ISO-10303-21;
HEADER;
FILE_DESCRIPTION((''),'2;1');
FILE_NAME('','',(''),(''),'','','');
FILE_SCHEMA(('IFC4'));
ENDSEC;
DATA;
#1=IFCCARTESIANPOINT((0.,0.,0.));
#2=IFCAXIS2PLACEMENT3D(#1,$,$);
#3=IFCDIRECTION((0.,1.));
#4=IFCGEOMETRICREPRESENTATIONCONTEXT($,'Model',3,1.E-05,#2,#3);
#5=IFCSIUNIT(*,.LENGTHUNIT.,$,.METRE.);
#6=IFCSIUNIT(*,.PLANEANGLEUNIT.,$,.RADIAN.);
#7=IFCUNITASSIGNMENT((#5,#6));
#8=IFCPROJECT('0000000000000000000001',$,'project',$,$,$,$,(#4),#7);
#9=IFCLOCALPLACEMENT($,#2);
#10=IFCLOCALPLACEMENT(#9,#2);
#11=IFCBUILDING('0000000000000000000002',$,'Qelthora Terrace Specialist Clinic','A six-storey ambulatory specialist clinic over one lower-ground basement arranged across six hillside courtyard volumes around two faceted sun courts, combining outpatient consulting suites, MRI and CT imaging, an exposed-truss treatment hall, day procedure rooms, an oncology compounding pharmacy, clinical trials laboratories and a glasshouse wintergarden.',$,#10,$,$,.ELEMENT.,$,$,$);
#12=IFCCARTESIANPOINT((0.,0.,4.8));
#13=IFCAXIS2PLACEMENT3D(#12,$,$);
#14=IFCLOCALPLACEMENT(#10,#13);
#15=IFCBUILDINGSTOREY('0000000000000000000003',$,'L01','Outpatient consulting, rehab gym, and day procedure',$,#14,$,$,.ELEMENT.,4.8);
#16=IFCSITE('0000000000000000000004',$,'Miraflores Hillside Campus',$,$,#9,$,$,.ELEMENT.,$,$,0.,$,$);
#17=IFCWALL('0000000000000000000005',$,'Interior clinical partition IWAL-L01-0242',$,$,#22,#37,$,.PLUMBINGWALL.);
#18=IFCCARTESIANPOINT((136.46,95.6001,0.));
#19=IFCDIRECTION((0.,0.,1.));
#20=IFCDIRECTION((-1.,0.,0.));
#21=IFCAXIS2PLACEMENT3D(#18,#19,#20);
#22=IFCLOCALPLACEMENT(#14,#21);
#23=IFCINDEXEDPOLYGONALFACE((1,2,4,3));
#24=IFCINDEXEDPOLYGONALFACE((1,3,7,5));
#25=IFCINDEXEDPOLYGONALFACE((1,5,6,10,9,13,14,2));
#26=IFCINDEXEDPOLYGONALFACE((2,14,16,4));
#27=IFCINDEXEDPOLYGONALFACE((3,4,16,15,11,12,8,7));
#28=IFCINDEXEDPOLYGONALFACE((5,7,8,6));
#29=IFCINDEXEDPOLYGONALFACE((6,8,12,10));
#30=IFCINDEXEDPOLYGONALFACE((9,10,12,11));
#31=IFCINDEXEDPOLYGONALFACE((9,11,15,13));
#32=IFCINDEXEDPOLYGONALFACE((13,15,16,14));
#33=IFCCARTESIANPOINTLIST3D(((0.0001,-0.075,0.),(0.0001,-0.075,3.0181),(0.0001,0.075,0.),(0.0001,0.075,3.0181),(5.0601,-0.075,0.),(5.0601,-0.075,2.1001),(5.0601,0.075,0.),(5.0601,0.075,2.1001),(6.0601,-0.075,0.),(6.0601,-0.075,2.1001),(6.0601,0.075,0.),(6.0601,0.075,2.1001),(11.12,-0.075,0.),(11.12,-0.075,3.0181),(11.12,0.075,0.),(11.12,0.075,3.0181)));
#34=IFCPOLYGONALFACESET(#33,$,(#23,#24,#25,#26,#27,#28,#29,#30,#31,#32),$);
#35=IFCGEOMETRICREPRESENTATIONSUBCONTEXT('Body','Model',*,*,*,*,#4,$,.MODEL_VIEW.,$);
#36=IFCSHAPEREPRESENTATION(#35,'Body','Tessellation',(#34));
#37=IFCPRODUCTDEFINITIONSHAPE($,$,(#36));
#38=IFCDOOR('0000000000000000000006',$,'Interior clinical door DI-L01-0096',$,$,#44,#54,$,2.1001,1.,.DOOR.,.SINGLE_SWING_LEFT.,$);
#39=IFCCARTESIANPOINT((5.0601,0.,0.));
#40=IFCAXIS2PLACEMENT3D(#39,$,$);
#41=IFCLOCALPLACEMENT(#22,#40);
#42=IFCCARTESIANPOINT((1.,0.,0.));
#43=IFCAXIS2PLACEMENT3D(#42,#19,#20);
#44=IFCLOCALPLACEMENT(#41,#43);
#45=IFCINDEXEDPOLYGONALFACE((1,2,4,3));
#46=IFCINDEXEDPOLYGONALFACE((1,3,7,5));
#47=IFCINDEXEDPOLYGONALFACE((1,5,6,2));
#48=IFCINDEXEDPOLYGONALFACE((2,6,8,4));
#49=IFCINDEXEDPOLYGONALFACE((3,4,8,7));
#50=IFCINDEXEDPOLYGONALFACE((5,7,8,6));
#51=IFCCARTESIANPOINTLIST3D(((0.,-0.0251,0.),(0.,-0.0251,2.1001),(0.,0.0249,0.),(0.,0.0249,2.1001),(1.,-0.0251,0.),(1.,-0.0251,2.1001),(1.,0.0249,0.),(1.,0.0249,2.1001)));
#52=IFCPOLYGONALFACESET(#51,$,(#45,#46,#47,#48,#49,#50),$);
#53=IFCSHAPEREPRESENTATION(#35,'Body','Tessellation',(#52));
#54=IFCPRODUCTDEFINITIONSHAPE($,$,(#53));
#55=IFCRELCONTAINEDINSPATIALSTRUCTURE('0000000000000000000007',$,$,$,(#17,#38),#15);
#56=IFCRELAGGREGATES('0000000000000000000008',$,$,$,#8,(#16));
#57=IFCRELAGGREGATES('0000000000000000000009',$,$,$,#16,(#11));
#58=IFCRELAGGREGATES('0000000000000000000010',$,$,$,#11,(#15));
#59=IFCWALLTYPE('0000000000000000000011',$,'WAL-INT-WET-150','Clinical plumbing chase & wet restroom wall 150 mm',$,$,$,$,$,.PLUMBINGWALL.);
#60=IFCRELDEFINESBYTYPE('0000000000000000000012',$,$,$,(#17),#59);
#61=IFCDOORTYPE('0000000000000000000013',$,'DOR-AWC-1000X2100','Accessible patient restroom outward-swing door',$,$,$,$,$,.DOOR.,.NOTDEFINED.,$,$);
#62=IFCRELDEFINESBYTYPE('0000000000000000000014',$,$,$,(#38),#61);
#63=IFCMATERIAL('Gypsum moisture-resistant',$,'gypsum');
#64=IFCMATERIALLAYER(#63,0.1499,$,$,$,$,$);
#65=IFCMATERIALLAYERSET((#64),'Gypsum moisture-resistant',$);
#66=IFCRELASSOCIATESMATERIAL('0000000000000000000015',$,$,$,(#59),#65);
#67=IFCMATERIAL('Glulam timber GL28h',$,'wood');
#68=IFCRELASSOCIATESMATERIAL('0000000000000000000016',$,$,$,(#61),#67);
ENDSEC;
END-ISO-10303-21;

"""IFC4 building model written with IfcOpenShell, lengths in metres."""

from ifc_helpers import new_model, si_unit, direction, frame, frame_2d, origin, place, context, subcontext, project, spatial, rectangle, extrude, material, layer, layer_set, type_object, element, fill, save


model = new_model("IFC4")

# Units and contexts
model_context = context("Model", 3, precision=1e-05, world=origin(), true_north=direction((0.0, 1.0)))
body_context = subcontext(model_context, "Body", "Model", "MODEL_VIEW")
ifc_project = project(units=[si_unit("LENGTHUNIT", "METRE"), si_unit("PLANEANGLEUNIT", "RADIAN")], contexts=[model_context])

# Site, building, storey
site_placement = place(None, origin())
site = spatial("IfcSite", under=ifc_project, at=site_placement, Name="Miraflores Hillside Campus", CompositionType="ELEMENT", RefElevation=0.0)
building_placement = place(site_placement, origin())
building = spatial("IfcBuilding", under=site, at=building_placement, Name="Qelthora Terrace Specialist Clinic", Description="A six-storey ambulatory specialist clinic over one lower-ground basement arranged across six hillside courtyard volumes around two faceted sun courts, combining outpatient consulting suites, MRI and CT imaging, an exposed-truss treatment hall, day procedure rooms, an oncology compounding pharmacy, clinical trials laboratories and a glasshouse wintergarden.", CompositionType="ELEMENT")
storey_placement = place(building_placement, frame((0.0, 0.0, 4.8)))
storey = spatial("IfcBuildingStorey", under=building, at=storey_placement, Name="L01", Description="Outpatient consulting, rehab gym, and day procedure", CompositionType="ELEMENT", Elevation=4.8)

# Wall, opening, door
ifc_material_1 = material(Name="Gypsum moisture-resistant", Category="gypsum")
ifc_layer_1 = layer(ifc_material_1, 0.1499)
ifc_layer_set_1 = layer_set([ifc_layer_1], Name="Gypsum moisture-resistant")
wall_type_1 = type_object("IfcWallType", Name="WAL-INT-WET-150", Description="Clinical plumbing chase & wet restroom wall 150 mm", PredefinedType="PLUMBINGWALL", material=ifc_layer_set_1)
wall_1_placement = place(storey_placement, frame((136.46, 95.6001, 0.0), z_axis=(0.0, 0.0, 1.0), x_axis=(-1.0, 0.0, 0.0)))
wall_1 = element("IfcWall", 1, at=wall_1_placement, inside=storey, type_object=wall_type_1, Name="Interior clinical partition IWAL-L01-0242", PredefinedType="PLUMBINGWALL", context=body_context, shape_type="SweptSolid", body=[
    extrude(rectangle(XDim=11.1199, YDim=0.1499, at=frame_2d((5.5601, 0.0))), origin(), (0.0, 0.0, 1.0), 3.0181),
])
opening_1_placement = place(wall_1_placement, frame((5.0601, 0.0, 0.0)))
opening_1 = element("IfcOpeningElement", 2, at=opening_1_placement, cuts=wall_1, PredefinedType="OPENING", context=body_context, shape_type="SweptSolid", body=[
    extrude(rectangle(XDim=1.0, YDim=2.1001, at=frame_2d((0.5, 1.05))), frame((0.0, 0.085, 0.0), z_axis=(0.0, -1.0, 0.0), x_axis=(1.0, 0.0, 0.0)), (0.0, 0.0, 1.0), 0.1699),
])
ifc_material_2 = material(Name="Glulam timber GL28h", Category="wood")
door_type = type_object("IfcDoorType", Name="DOR-AWC-1000X2100", Description="Accessible patient restroom outward-swing door", OperationType="NOTDEFINED", PredefinedType="DOOR", material=ifc_material_2)
door_placement = place(opening_1_placement, frame((1.0, 0.0, 0.0), z_axis=(0.0, 0.0, 1.0), x_axis=(-1.0, 0.0, 0.0)))
door = element("IfcDoor", 3, at=door_placement, inside=storey, type_object=door_type, Name="Interior clinical door DI-L01-0096", OperationType="SINGLE_SWING_LEFT", OverallHeight=2.1001, OverallWidth=1.0, PredefinedType="DOOR", context=body_context, shape_type="SweptSolid", body=[
    extrude(rectangle(XDim=1.0, YDim=2.1001, at=frame_2d((0.5, 1.05))), frame((0.0, 0.0249, 0.0), z_axis=(0.0, -1.0, 0.0), x_axis=(1.0, 0.0, 0.0)), (0.0, 0.0, 1.0), 0.05),
])
fill(opening_1, door)

save(model, "model.ifc")
